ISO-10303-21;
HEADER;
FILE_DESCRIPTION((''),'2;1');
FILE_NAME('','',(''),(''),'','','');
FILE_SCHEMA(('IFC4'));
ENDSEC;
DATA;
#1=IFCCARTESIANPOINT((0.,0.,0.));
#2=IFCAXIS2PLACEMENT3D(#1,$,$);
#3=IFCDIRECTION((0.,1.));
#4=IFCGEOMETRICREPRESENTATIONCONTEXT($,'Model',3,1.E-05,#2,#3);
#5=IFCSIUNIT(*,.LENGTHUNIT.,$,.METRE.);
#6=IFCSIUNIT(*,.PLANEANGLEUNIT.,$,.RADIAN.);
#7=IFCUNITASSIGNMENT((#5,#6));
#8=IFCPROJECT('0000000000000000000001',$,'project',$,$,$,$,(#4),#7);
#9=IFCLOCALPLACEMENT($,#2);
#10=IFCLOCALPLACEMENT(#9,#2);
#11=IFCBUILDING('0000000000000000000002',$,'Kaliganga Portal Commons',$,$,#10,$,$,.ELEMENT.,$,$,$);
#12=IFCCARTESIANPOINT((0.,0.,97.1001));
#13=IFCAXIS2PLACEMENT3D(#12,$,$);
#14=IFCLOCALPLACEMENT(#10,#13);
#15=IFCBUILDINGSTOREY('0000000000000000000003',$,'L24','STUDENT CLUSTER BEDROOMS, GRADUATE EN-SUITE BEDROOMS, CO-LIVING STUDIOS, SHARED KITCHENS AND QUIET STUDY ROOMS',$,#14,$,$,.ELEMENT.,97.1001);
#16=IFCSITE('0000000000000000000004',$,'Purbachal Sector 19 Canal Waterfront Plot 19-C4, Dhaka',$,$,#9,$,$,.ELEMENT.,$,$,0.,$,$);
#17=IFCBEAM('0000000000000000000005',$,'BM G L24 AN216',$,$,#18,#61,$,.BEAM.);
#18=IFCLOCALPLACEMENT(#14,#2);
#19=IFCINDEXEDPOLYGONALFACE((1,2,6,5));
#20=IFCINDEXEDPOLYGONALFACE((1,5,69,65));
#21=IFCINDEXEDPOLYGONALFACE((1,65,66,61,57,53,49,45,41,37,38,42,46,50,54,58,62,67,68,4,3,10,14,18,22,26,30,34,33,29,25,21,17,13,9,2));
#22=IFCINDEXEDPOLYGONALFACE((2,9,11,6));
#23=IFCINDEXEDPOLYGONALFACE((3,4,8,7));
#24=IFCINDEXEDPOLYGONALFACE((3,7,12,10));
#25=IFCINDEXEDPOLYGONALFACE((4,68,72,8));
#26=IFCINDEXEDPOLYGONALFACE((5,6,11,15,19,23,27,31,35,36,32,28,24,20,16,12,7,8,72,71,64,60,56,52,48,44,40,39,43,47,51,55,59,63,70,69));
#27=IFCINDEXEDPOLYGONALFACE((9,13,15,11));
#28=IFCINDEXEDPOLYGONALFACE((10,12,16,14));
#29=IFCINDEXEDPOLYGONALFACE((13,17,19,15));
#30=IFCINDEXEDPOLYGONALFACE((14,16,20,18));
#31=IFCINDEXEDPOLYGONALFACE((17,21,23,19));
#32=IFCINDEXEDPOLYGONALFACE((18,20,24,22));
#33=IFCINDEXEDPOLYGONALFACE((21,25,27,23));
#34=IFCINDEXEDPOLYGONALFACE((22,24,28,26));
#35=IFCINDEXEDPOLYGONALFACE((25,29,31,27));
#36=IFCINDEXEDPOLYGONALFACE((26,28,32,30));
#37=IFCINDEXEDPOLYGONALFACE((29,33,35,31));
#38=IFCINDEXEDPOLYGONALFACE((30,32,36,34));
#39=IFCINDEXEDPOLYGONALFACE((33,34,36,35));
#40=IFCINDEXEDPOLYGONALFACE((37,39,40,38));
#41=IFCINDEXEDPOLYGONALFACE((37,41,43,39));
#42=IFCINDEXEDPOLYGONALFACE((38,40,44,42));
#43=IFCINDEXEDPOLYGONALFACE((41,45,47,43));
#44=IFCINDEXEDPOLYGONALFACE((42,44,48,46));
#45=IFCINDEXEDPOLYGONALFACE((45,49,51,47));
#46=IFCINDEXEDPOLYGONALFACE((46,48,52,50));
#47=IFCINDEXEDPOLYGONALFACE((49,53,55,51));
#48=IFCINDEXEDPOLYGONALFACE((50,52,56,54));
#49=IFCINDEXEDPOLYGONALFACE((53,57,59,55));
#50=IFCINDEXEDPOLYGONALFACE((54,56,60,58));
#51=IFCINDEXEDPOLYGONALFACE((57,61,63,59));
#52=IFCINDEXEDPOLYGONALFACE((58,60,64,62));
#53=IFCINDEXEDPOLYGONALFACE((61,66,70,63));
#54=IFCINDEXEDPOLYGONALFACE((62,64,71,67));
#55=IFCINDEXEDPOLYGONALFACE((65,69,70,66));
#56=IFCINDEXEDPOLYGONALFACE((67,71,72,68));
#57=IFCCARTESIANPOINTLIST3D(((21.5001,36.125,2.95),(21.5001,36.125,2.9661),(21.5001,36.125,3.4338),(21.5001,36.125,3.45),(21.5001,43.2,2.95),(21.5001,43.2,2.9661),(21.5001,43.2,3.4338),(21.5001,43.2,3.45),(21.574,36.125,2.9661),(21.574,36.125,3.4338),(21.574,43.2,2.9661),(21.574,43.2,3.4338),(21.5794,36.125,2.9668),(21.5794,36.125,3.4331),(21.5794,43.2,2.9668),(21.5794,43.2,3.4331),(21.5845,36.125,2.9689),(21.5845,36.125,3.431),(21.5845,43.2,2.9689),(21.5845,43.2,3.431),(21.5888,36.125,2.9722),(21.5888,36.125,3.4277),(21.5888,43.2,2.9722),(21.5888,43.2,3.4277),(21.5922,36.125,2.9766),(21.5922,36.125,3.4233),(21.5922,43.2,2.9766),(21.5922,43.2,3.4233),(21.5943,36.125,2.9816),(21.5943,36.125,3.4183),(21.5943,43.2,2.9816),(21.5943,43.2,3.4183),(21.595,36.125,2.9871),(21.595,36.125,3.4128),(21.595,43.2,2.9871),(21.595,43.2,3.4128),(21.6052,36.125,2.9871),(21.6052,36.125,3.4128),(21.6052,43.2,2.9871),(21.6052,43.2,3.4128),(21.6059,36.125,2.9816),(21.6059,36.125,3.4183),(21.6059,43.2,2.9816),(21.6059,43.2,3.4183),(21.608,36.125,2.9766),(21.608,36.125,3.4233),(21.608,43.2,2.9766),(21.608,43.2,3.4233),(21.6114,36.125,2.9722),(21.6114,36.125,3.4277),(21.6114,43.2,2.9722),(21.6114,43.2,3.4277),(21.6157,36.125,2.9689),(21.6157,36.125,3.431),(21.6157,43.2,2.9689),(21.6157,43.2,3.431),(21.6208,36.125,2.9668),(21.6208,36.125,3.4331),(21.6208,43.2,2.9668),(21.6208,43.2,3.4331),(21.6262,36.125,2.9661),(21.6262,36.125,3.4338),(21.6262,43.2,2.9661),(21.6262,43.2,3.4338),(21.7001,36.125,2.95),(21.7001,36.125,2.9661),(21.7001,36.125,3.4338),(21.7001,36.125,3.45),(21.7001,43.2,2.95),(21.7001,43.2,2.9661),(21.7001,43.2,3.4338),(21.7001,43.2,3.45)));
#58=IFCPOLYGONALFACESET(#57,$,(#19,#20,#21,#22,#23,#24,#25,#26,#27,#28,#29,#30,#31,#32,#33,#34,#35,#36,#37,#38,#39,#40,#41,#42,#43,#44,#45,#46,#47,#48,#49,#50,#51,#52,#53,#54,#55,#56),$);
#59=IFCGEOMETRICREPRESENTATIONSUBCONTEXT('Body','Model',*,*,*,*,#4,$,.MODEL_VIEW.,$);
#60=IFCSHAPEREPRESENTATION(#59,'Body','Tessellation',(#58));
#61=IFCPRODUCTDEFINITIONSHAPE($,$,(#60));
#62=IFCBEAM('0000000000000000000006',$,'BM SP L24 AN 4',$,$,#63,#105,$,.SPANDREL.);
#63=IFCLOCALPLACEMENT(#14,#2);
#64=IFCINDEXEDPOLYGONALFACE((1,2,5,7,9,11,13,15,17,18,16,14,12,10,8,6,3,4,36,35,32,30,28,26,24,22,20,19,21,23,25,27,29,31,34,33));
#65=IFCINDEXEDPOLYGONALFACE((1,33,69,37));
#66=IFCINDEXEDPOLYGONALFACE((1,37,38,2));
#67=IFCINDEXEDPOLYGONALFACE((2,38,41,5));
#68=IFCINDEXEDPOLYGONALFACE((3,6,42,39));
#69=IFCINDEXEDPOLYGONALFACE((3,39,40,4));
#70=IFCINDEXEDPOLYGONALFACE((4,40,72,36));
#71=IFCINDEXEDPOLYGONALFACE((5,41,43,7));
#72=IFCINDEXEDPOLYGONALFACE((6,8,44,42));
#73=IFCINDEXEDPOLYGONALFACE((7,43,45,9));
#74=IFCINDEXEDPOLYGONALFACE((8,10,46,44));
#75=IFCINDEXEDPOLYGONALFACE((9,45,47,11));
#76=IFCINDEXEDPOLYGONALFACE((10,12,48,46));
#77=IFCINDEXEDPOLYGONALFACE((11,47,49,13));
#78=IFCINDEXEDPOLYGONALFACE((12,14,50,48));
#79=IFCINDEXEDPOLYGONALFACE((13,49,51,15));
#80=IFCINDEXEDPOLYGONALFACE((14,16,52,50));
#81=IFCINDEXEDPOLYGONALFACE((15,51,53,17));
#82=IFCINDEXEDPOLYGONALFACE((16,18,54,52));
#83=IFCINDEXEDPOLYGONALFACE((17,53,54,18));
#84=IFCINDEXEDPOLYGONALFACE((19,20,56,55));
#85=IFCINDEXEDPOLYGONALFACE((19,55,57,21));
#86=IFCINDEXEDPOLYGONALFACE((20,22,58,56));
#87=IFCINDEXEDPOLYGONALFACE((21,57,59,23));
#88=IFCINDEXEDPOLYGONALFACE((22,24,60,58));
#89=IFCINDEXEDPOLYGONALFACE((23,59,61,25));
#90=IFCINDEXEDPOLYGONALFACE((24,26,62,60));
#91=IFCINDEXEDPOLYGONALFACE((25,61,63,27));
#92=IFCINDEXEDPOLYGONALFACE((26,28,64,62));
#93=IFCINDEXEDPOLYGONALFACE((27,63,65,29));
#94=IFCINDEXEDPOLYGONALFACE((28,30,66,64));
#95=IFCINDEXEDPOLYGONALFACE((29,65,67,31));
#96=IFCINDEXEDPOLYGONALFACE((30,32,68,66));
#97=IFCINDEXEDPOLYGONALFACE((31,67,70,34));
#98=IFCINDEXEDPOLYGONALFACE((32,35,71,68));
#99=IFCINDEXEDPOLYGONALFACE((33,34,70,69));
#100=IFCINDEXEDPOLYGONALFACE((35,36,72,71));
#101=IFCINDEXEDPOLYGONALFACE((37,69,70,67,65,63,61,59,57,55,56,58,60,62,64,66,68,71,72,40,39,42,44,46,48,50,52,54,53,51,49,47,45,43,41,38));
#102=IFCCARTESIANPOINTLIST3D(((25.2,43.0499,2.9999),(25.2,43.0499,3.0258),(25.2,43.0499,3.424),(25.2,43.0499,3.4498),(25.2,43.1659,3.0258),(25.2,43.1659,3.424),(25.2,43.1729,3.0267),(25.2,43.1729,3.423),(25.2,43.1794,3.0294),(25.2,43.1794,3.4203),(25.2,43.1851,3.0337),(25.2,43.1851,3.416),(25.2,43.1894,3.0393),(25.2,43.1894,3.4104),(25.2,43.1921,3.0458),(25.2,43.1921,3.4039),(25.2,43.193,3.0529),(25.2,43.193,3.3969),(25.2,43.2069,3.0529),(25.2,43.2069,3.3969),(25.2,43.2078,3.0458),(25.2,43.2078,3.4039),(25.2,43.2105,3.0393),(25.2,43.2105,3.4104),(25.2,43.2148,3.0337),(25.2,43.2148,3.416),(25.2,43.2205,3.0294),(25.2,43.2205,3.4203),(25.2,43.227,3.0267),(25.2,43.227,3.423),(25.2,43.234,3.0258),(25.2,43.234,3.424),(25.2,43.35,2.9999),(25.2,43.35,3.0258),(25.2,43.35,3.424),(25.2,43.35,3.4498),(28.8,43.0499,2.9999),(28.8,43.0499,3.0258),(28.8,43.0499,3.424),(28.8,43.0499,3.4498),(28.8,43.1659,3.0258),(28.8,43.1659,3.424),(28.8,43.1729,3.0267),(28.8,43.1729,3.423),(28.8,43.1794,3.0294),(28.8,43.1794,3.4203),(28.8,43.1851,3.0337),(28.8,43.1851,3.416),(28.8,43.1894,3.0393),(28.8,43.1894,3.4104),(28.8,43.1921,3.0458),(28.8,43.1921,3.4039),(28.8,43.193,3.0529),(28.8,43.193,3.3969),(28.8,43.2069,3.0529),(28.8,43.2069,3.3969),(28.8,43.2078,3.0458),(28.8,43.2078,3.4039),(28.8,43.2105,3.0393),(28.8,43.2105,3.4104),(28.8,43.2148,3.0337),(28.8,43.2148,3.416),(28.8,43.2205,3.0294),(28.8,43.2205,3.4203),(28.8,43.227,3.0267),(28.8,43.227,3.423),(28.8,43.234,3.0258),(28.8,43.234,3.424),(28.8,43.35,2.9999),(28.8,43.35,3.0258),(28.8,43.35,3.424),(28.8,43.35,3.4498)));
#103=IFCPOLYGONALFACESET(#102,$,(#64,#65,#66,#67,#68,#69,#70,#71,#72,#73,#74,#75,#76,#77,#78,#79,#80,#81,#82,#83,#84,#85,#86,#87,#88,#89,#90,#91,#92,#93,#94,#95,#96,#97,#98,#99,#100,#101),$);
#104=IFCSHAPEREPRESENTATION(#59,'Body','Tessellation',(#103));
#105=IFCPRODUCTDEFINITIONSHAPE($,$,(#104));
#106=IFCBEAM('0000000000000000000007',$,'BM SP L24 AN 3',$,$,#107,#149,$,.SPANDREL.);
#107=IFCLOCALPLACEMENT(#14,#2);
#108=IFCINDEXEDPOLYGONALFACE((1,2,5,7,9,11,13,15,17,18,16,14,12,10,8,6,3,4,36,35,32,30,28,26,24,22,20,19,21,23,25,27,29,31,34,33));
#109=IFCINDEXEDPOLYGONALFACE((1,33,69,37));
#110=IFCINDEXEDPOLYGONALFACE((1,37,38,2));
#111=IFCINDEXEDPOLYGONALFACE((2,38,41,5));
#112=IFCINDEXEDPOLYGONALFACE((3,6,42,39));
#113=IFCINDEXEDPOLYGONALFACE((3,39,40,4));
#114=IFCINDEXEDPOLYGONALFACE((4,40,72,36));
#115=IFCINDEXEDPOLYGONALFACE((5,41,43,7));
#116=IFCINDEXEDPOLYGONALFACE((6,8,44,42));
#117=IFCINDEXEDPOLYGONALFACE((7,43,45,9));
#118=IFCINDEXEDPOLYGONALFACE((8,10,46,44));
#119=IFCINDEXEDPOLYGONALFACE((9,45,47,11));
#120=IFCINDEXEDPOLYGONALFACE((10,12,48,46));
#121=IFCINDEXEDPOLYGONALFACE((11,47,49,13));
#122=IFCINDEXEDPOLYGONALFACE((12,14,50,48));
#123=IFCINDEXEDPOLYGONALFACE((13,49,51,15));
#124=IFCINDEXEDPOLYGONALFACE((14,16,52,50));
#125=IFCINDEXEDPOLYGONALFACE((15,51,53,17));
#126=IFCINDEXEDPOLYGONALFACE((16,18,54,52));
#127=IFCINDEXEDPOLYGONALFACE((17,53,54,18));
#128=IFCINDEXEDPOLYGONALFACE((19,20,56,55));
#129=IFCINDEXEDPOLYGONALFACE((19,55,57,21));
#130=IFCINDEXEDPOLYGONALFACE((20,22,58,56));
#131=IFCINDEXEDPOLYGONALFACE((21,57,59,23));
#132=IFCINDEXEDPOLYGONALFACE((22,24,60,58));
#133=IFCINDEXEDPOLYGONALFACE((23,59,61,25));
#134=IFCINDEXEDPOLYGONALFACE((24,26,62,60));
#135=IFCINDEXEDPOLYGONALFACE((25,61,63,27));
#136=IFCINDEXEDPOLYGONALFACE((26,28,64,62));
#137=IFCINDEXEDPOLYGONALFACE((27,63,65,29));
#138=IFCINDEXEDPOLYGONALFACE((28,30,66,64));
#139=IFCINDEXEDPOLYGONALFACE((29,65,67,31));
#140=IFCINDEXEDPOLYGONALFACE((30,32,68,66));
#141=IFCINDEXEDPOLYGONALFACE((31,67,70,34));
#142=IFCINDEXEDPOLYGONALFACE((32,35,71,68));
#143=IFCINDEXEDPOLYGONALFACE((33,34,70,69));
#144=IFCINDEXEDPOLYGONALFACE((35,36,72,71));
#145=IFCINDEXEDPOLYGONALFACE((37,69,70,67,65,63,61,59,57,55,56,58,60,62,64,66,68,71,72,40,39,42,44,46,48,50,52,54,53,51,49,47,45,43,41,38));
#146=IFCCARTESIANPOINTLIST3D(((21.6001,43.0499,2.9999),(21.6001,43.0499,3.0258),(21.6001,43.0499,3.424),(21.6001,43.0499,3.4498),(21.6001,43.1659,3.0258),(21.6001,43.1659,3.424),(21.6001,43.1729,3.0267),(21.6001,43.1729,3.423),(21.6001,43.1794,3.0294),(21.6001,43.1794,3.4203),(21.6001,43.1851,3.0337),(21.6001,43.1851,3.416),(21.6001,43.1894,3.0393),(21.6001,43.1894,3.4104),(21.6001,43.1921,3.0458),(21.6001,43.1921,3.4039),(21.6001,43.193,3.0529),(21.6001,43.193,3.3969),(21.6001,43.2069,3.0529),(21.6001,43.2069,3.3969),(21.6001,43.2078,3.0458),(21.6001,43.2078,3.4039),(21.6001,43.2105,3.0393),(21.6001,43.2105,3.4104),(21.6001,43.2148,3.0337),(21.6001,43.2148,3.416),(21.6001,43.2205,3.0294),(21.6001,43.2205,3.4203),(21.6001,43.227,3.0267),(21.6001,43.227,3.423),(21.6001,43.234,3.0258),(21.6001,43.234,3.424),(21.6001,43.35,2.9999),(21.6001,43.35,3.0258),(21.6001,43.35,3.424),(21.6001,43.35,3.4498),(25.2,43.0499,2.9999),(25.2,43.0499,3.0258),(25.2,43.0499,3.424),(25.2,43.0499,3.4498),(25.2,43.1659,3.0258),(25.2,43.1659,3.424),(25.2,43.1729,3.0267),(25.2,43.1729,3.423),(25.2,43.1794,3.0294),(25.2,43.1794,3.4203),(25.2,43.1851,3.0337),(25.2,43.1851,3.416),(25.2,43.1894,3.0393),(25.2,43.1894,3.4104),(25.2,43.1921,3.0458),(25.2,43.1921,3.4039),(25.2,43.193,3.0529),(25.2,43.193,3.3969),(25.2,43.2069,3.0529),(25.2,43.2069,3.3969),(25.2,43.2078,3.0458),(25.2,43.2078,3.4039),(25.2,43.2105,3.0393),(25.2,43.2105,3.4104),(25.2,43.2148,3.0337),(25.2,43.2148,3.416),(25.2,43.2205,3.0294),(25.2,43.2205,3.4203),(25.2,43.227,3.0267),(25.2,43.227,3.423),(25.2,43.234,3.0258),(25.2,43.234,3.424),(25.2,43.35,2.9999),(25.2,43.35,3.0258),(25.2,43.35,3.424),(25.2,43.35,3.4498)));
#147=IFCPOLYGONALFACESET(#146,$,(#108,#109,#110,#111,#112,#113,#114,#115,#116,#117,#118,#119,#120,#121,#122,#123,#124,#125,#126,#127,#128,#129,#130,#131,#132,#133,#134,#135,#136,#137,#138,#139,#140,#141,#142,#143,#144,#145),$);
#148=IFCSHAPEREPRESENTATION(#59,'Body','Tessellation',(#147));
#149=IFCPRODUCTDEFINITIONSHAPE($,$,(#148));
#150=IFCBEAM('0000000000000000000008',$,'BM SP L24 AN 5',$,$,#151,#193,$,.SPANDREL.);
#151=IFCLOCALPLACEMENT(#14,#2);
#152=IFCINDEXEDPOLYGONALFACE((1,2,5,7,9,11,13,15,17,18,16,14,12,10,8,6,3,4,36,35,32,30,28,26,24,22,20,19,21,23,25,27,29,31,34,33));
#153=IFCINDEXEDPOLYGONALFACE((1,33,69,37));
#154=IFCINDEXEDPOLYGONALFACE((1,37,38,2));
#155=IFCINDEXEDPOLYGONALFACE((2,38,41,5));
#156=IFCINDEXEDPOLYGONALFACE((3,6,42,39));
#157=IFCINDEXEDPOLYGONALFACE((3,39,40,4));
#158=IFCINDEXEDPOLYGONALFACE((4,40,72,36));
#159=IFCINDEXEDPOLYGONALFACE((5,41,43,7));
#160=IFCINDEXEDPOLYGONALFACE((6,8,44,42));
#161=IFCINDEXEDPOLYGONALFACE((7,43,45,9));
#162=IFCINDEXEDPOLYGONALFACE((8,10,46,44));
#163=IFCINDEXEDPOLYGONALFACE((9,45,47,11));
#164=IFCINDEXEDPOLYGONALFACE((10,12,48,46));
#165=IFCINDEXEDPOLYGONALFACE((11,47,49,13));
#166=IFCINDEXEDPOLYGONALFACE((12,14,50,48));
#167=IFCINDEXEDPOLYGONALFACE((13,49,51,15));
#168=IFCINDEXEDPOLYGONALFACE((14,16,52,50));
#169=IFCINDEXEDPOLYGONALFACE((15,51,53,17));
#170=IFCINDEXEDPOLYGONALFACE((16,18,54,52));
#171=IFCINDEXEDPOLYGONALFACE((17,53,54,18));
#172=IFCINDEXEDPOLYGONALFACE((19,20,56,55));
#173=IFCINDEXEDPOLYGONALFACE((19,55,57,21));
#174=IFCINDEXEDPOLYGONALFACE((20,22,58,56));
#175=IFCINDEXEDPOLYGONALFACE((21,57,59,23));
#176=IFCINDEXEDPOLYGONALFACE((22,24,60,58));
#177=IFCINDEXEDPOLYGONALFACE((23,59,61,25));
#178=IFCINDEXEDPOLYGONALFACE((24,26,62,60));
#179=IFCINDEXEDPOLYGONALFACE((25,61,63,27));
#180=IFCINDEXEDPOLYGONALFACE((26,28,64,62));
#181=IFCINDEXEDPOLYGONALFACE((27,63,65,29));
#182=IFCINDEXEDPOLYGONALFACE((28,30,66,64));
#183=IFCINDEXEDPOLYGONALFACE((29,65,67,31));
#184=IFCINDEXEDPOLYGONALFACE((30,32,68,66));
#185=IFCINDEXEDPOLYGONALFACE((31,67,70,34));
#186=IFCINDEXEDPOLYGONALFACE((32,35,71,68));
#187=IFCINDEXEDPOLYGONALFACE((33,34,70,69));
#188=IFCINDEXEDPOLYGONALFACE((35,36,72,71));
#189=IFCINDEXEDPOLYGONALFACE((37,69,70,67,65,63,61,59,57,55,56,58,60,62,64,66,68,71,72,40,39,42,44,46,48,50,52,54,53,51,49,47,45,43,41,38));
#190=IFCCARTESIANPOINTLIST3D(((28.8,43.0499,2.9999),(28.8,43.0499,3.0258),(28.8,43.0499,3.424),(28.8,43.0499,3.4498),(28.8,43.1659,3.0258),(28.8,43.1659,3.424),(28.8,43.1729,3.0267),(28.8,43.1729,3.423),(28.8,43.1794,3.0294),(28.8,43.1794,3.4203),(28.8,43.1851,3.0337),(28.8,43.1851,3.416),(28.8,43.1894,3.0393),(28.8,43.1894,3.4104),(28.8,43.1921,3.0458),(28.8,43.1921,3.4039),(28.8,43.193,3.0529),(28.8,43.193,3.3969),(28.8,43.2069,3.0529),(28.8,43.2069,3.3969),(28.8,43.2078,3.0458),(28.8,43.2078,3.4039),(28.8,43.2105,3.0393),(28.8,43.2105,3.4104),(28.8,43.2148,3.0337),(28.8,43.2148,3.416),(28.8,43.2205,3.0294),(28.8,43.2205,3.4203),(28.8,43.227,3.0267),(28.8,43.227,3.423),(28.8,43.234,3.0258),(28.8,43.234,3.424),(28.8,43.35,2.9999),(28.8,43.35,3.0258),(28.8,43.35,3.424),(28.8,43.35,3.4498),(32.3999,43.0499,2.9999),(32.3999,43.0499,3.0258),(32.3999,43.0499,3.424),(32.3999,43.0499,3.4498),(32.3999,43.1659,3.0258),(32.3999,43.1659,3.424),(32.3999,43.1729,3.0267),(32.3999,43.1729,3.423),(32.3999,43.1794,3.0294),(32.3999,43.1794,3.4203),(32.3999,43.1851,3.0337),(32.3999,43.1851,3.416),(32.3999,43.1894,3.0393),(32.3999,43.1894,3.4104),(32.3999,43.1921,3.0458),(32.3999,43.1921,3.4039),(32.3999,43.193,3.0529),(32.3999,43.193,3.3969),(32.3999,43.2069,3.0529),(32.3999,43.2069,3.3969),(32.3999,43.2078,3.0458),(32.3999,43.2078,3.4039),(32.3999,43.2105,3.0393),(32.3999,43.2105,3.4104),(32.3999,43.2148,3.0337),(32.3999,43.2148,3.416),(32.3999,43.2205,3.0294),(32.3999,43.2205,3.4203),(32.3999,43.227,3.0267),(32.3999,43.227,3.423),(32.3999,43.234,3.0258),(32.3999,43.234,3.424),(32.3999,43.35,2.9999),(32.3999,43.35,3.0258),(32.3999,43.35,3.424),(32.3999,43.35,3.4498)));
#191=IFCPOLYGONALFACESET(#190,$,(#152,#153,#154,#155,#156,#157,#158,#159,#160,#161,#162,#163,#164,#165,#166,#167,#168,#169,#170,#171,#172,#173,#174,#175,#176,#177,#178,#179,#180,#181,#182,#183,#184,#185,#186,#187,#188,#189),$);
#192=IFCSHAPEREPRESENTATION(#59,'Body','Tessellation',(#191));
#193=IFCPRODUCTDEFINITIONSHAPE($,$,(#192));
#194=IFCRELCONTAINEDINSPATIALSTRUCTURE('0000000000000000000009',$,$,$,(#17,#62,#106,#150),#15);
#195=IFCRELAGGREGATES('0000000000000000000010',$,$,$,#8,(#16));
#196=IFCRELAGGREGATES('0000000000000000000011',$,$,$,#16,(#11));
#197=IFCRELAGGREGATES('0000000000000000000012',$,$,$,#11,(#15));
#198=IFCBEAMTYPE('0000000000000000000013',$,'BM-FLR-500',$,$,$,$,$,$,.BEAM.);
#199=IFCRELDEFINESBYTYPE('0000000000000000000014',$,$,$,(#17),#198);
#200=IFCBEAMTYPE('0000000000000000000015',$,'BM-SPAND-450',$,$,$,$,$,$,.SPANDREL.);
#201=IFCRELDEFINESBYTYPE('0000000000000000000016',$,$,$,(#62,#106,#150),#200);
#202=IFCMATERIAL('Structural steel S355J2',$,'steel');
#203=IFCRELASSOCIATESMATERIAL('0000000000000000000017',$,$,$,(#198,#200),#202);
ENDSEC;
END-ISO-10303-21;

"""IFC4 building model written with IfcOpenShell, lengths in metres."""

from ifc_helpers import new_model, si_unit, direction, frame, origin, origin_2d, place, context, subcontext, project, spatial, i_section, extrude, source, transform, mapped, material, material_profile, profile_set, type_object, element, save


model = new_model("IFC4")

# Units and contexts
model_context = context("Model", 3, precision=1e-05, world=origin(), true_north=direction((0.0, 1.0)))
body_context = subcontext(model_context, "Body", "Model", "MODEL_VIEW")
ifc_project = project(units=[si_unit("LENGTHUNIT", "METRE"), si_unit("PLANEANGLEUNIT", "RADIAN")], contexts=[model_context])

# Site, building, storey
site_placement = place(None, origin())
site = spatial("IfcSite", under=ifc_project, at=site_placement, Name="Purbachal Sector 19 Canal Waterfront Plot 19-C4, Dhaka", CompositionType="ELEMENT", RefElevation=0.0)
building_placement = place(site_placement, origin())
building = spatial("IfcBuilding", under=site, at=building_placement, Name="Kaliganga Portal Commons", CompositionType="ELEMENT")
storey_placement = place(building_placement, frame((0.0, 0.0, 97.1001)))
storey = spatial("IfcBuildingStorey", under=building, at=storey_placement, Name="L24", Description="STUDENT CLUSTER BEDROOMS, GRADUATE EN-SUITE BEDROOMS, CO-LIVING STUDIOS, SHARED KITCHENS AND QUIET STUDY ROOMS", CompositionType="ELEMENT", Elevation=97.1001)

# Beams
ifc_material_1 = material(Name="Structural steel S355J2", Category="steel")
ifc_material_profile_1 = material_profile(ifc_material_1, i_section(OverallWidth=0.2, OverallDepth=0.5, WebThickness=0.0103, FlangeThickness=0.0161, FilletRadius=0.021, at=origin_2d()), Name="IPE 500")
ifc_profile_set_1 = profile_set([ifc_material_profile_1], Name="Structural steel S355J2 wide-flange")
beam_type_1 = type_object("IfcBeamType", Name="BM-FLR-500", PredefinedType="BEAM", material=ifc_profile_set_1)
shared_shape_1 = source(origin(), body_context, "Body", "SweptSolid", [
    extrude(i_section(OverallWidth=0.2, OverallDepth=0.5, WebThickness=0.0103, FlangeThickness=0.0161, FilletRadius=0.021, at=origin_2d()), origin(), (0.0, 0.0, 1.0), 7.075),
])
beam_1_placement = place(storey_placement, frame((21.6001, 36.125, 3.2), z_axis=(0.0, 1.0, 0.0), x_axis=(-1.0, 0.0, 0.0)))
element("IfcBeam", 1, at=beam_1_placement, inside=storey, type_object=beam_type_1, Name="BM G L24 AN216", PredefinedType="BEAM", context=body_context, shape_type="MappedRepresentation", body=[
    mapped(shared_shape_1, transform((0.0, 0.0, 0.0), x_axis=(1.0, 0.0, 0.0), y_axis=(0.0, 1.0, 0.0), z_axis=(0.0, 0.0, 1.0), scale=1.0)),
])
ifc_material_profile_2 = material_profile(ifc_material_1, i_section(OverallWidth=0.3, OverallDepth=0.45, WebThickness=0.0139, FlangeThickness=0.0259, FilletRadius=0.0271, at=origin_2d()), Name="HE 450 B")
ifc_profile_set_2 = profile_set([ifc_material_profile_2], Name="Structural steel S355J2 wide-flange")
beam_type_2 = type_object("IfcBeamType", Name="BM-SPAND-450", PredefinedType="SPANDREL", material=ifc_profile_set_2)
shared_shape_2 = source(origin(), body_context, "Body", "SweptSolid", [
    extrude(i_section(OverallWidth=0.3, OverallDepth=0.45, WebThickness=0.0139, FlangeThickness=0.0259, FilletRadius=0.0271, at=origin_2d()), origin(), (0.0, 0.0, 1.0), 3.6001),
])
beam_2_placement = place(storey_placement, frame((25.2, 43.2, 3.2249), z_axis=(1.0, 0.0, 0.0), x_axis=(0.0, 1.0, 0.0)))
element("IfcBeam", 2, at=beam_2_placement, inside=storey, type_object=beam_type_2, Name="BM SP L24 AN 4", PredefinedType="SPANDREL", context=body_context, shape_type="MappedRepresentation", body=[
    mapped(shared_shape_2, transform((0.0, 0.0, 0.0), x_axis=(1.0, 0.0, 0.0), y_axis=(0.0, 1.0, 0.0), z_axis=(0.0, 0.0, 1.0), scale=1.0)),
])
shared_shape_3 = source(origin(), body_context, "Body", "SweptSolid", [
    extrude(i_section(OverallWidth=0.3, OverallDepth=0.45, WebThickness=0.0139, FlangeThickness=0.0259, FilletRadius=0.0271, at=origin_2d()), origin(), (0.0, 0.0, 1.0), 3.5999),
])
for number, where, z_axis, x_axis, name in (
    (3, (21.6001, 43.2, 3.2249), (1.0, 0.0, 0.0), (0.0, 1.0, 0.0), "BM SP L24 AN 3"),
    (4, (28.8, 43.2, 3.2249), (1.0, 0.0, 0.0), (0.0, 1.0, 0.0), "BM SP L24 AN 5"),
):
    element("IfcBeam", number, at=place(storey_placement, frame(where, z_axis=z_axis, x_axis=x_axis)), inside=storey, type_object=beam_type_2, Name=name, PredefinedType="SPANDREL", context=body_context, shape_type="MappedRepresentation", body=[
        mapped(shared_shape_3, transform((0.0, 0.0, 0.0), x_axis=(1.0, 0.0, 0.0), y_axis=(0.0, 1.0, 0.0), z_axis=(0.0, 0.0, 1.0), scale=1.0)),
    ])

save(model, "model.ifc")
